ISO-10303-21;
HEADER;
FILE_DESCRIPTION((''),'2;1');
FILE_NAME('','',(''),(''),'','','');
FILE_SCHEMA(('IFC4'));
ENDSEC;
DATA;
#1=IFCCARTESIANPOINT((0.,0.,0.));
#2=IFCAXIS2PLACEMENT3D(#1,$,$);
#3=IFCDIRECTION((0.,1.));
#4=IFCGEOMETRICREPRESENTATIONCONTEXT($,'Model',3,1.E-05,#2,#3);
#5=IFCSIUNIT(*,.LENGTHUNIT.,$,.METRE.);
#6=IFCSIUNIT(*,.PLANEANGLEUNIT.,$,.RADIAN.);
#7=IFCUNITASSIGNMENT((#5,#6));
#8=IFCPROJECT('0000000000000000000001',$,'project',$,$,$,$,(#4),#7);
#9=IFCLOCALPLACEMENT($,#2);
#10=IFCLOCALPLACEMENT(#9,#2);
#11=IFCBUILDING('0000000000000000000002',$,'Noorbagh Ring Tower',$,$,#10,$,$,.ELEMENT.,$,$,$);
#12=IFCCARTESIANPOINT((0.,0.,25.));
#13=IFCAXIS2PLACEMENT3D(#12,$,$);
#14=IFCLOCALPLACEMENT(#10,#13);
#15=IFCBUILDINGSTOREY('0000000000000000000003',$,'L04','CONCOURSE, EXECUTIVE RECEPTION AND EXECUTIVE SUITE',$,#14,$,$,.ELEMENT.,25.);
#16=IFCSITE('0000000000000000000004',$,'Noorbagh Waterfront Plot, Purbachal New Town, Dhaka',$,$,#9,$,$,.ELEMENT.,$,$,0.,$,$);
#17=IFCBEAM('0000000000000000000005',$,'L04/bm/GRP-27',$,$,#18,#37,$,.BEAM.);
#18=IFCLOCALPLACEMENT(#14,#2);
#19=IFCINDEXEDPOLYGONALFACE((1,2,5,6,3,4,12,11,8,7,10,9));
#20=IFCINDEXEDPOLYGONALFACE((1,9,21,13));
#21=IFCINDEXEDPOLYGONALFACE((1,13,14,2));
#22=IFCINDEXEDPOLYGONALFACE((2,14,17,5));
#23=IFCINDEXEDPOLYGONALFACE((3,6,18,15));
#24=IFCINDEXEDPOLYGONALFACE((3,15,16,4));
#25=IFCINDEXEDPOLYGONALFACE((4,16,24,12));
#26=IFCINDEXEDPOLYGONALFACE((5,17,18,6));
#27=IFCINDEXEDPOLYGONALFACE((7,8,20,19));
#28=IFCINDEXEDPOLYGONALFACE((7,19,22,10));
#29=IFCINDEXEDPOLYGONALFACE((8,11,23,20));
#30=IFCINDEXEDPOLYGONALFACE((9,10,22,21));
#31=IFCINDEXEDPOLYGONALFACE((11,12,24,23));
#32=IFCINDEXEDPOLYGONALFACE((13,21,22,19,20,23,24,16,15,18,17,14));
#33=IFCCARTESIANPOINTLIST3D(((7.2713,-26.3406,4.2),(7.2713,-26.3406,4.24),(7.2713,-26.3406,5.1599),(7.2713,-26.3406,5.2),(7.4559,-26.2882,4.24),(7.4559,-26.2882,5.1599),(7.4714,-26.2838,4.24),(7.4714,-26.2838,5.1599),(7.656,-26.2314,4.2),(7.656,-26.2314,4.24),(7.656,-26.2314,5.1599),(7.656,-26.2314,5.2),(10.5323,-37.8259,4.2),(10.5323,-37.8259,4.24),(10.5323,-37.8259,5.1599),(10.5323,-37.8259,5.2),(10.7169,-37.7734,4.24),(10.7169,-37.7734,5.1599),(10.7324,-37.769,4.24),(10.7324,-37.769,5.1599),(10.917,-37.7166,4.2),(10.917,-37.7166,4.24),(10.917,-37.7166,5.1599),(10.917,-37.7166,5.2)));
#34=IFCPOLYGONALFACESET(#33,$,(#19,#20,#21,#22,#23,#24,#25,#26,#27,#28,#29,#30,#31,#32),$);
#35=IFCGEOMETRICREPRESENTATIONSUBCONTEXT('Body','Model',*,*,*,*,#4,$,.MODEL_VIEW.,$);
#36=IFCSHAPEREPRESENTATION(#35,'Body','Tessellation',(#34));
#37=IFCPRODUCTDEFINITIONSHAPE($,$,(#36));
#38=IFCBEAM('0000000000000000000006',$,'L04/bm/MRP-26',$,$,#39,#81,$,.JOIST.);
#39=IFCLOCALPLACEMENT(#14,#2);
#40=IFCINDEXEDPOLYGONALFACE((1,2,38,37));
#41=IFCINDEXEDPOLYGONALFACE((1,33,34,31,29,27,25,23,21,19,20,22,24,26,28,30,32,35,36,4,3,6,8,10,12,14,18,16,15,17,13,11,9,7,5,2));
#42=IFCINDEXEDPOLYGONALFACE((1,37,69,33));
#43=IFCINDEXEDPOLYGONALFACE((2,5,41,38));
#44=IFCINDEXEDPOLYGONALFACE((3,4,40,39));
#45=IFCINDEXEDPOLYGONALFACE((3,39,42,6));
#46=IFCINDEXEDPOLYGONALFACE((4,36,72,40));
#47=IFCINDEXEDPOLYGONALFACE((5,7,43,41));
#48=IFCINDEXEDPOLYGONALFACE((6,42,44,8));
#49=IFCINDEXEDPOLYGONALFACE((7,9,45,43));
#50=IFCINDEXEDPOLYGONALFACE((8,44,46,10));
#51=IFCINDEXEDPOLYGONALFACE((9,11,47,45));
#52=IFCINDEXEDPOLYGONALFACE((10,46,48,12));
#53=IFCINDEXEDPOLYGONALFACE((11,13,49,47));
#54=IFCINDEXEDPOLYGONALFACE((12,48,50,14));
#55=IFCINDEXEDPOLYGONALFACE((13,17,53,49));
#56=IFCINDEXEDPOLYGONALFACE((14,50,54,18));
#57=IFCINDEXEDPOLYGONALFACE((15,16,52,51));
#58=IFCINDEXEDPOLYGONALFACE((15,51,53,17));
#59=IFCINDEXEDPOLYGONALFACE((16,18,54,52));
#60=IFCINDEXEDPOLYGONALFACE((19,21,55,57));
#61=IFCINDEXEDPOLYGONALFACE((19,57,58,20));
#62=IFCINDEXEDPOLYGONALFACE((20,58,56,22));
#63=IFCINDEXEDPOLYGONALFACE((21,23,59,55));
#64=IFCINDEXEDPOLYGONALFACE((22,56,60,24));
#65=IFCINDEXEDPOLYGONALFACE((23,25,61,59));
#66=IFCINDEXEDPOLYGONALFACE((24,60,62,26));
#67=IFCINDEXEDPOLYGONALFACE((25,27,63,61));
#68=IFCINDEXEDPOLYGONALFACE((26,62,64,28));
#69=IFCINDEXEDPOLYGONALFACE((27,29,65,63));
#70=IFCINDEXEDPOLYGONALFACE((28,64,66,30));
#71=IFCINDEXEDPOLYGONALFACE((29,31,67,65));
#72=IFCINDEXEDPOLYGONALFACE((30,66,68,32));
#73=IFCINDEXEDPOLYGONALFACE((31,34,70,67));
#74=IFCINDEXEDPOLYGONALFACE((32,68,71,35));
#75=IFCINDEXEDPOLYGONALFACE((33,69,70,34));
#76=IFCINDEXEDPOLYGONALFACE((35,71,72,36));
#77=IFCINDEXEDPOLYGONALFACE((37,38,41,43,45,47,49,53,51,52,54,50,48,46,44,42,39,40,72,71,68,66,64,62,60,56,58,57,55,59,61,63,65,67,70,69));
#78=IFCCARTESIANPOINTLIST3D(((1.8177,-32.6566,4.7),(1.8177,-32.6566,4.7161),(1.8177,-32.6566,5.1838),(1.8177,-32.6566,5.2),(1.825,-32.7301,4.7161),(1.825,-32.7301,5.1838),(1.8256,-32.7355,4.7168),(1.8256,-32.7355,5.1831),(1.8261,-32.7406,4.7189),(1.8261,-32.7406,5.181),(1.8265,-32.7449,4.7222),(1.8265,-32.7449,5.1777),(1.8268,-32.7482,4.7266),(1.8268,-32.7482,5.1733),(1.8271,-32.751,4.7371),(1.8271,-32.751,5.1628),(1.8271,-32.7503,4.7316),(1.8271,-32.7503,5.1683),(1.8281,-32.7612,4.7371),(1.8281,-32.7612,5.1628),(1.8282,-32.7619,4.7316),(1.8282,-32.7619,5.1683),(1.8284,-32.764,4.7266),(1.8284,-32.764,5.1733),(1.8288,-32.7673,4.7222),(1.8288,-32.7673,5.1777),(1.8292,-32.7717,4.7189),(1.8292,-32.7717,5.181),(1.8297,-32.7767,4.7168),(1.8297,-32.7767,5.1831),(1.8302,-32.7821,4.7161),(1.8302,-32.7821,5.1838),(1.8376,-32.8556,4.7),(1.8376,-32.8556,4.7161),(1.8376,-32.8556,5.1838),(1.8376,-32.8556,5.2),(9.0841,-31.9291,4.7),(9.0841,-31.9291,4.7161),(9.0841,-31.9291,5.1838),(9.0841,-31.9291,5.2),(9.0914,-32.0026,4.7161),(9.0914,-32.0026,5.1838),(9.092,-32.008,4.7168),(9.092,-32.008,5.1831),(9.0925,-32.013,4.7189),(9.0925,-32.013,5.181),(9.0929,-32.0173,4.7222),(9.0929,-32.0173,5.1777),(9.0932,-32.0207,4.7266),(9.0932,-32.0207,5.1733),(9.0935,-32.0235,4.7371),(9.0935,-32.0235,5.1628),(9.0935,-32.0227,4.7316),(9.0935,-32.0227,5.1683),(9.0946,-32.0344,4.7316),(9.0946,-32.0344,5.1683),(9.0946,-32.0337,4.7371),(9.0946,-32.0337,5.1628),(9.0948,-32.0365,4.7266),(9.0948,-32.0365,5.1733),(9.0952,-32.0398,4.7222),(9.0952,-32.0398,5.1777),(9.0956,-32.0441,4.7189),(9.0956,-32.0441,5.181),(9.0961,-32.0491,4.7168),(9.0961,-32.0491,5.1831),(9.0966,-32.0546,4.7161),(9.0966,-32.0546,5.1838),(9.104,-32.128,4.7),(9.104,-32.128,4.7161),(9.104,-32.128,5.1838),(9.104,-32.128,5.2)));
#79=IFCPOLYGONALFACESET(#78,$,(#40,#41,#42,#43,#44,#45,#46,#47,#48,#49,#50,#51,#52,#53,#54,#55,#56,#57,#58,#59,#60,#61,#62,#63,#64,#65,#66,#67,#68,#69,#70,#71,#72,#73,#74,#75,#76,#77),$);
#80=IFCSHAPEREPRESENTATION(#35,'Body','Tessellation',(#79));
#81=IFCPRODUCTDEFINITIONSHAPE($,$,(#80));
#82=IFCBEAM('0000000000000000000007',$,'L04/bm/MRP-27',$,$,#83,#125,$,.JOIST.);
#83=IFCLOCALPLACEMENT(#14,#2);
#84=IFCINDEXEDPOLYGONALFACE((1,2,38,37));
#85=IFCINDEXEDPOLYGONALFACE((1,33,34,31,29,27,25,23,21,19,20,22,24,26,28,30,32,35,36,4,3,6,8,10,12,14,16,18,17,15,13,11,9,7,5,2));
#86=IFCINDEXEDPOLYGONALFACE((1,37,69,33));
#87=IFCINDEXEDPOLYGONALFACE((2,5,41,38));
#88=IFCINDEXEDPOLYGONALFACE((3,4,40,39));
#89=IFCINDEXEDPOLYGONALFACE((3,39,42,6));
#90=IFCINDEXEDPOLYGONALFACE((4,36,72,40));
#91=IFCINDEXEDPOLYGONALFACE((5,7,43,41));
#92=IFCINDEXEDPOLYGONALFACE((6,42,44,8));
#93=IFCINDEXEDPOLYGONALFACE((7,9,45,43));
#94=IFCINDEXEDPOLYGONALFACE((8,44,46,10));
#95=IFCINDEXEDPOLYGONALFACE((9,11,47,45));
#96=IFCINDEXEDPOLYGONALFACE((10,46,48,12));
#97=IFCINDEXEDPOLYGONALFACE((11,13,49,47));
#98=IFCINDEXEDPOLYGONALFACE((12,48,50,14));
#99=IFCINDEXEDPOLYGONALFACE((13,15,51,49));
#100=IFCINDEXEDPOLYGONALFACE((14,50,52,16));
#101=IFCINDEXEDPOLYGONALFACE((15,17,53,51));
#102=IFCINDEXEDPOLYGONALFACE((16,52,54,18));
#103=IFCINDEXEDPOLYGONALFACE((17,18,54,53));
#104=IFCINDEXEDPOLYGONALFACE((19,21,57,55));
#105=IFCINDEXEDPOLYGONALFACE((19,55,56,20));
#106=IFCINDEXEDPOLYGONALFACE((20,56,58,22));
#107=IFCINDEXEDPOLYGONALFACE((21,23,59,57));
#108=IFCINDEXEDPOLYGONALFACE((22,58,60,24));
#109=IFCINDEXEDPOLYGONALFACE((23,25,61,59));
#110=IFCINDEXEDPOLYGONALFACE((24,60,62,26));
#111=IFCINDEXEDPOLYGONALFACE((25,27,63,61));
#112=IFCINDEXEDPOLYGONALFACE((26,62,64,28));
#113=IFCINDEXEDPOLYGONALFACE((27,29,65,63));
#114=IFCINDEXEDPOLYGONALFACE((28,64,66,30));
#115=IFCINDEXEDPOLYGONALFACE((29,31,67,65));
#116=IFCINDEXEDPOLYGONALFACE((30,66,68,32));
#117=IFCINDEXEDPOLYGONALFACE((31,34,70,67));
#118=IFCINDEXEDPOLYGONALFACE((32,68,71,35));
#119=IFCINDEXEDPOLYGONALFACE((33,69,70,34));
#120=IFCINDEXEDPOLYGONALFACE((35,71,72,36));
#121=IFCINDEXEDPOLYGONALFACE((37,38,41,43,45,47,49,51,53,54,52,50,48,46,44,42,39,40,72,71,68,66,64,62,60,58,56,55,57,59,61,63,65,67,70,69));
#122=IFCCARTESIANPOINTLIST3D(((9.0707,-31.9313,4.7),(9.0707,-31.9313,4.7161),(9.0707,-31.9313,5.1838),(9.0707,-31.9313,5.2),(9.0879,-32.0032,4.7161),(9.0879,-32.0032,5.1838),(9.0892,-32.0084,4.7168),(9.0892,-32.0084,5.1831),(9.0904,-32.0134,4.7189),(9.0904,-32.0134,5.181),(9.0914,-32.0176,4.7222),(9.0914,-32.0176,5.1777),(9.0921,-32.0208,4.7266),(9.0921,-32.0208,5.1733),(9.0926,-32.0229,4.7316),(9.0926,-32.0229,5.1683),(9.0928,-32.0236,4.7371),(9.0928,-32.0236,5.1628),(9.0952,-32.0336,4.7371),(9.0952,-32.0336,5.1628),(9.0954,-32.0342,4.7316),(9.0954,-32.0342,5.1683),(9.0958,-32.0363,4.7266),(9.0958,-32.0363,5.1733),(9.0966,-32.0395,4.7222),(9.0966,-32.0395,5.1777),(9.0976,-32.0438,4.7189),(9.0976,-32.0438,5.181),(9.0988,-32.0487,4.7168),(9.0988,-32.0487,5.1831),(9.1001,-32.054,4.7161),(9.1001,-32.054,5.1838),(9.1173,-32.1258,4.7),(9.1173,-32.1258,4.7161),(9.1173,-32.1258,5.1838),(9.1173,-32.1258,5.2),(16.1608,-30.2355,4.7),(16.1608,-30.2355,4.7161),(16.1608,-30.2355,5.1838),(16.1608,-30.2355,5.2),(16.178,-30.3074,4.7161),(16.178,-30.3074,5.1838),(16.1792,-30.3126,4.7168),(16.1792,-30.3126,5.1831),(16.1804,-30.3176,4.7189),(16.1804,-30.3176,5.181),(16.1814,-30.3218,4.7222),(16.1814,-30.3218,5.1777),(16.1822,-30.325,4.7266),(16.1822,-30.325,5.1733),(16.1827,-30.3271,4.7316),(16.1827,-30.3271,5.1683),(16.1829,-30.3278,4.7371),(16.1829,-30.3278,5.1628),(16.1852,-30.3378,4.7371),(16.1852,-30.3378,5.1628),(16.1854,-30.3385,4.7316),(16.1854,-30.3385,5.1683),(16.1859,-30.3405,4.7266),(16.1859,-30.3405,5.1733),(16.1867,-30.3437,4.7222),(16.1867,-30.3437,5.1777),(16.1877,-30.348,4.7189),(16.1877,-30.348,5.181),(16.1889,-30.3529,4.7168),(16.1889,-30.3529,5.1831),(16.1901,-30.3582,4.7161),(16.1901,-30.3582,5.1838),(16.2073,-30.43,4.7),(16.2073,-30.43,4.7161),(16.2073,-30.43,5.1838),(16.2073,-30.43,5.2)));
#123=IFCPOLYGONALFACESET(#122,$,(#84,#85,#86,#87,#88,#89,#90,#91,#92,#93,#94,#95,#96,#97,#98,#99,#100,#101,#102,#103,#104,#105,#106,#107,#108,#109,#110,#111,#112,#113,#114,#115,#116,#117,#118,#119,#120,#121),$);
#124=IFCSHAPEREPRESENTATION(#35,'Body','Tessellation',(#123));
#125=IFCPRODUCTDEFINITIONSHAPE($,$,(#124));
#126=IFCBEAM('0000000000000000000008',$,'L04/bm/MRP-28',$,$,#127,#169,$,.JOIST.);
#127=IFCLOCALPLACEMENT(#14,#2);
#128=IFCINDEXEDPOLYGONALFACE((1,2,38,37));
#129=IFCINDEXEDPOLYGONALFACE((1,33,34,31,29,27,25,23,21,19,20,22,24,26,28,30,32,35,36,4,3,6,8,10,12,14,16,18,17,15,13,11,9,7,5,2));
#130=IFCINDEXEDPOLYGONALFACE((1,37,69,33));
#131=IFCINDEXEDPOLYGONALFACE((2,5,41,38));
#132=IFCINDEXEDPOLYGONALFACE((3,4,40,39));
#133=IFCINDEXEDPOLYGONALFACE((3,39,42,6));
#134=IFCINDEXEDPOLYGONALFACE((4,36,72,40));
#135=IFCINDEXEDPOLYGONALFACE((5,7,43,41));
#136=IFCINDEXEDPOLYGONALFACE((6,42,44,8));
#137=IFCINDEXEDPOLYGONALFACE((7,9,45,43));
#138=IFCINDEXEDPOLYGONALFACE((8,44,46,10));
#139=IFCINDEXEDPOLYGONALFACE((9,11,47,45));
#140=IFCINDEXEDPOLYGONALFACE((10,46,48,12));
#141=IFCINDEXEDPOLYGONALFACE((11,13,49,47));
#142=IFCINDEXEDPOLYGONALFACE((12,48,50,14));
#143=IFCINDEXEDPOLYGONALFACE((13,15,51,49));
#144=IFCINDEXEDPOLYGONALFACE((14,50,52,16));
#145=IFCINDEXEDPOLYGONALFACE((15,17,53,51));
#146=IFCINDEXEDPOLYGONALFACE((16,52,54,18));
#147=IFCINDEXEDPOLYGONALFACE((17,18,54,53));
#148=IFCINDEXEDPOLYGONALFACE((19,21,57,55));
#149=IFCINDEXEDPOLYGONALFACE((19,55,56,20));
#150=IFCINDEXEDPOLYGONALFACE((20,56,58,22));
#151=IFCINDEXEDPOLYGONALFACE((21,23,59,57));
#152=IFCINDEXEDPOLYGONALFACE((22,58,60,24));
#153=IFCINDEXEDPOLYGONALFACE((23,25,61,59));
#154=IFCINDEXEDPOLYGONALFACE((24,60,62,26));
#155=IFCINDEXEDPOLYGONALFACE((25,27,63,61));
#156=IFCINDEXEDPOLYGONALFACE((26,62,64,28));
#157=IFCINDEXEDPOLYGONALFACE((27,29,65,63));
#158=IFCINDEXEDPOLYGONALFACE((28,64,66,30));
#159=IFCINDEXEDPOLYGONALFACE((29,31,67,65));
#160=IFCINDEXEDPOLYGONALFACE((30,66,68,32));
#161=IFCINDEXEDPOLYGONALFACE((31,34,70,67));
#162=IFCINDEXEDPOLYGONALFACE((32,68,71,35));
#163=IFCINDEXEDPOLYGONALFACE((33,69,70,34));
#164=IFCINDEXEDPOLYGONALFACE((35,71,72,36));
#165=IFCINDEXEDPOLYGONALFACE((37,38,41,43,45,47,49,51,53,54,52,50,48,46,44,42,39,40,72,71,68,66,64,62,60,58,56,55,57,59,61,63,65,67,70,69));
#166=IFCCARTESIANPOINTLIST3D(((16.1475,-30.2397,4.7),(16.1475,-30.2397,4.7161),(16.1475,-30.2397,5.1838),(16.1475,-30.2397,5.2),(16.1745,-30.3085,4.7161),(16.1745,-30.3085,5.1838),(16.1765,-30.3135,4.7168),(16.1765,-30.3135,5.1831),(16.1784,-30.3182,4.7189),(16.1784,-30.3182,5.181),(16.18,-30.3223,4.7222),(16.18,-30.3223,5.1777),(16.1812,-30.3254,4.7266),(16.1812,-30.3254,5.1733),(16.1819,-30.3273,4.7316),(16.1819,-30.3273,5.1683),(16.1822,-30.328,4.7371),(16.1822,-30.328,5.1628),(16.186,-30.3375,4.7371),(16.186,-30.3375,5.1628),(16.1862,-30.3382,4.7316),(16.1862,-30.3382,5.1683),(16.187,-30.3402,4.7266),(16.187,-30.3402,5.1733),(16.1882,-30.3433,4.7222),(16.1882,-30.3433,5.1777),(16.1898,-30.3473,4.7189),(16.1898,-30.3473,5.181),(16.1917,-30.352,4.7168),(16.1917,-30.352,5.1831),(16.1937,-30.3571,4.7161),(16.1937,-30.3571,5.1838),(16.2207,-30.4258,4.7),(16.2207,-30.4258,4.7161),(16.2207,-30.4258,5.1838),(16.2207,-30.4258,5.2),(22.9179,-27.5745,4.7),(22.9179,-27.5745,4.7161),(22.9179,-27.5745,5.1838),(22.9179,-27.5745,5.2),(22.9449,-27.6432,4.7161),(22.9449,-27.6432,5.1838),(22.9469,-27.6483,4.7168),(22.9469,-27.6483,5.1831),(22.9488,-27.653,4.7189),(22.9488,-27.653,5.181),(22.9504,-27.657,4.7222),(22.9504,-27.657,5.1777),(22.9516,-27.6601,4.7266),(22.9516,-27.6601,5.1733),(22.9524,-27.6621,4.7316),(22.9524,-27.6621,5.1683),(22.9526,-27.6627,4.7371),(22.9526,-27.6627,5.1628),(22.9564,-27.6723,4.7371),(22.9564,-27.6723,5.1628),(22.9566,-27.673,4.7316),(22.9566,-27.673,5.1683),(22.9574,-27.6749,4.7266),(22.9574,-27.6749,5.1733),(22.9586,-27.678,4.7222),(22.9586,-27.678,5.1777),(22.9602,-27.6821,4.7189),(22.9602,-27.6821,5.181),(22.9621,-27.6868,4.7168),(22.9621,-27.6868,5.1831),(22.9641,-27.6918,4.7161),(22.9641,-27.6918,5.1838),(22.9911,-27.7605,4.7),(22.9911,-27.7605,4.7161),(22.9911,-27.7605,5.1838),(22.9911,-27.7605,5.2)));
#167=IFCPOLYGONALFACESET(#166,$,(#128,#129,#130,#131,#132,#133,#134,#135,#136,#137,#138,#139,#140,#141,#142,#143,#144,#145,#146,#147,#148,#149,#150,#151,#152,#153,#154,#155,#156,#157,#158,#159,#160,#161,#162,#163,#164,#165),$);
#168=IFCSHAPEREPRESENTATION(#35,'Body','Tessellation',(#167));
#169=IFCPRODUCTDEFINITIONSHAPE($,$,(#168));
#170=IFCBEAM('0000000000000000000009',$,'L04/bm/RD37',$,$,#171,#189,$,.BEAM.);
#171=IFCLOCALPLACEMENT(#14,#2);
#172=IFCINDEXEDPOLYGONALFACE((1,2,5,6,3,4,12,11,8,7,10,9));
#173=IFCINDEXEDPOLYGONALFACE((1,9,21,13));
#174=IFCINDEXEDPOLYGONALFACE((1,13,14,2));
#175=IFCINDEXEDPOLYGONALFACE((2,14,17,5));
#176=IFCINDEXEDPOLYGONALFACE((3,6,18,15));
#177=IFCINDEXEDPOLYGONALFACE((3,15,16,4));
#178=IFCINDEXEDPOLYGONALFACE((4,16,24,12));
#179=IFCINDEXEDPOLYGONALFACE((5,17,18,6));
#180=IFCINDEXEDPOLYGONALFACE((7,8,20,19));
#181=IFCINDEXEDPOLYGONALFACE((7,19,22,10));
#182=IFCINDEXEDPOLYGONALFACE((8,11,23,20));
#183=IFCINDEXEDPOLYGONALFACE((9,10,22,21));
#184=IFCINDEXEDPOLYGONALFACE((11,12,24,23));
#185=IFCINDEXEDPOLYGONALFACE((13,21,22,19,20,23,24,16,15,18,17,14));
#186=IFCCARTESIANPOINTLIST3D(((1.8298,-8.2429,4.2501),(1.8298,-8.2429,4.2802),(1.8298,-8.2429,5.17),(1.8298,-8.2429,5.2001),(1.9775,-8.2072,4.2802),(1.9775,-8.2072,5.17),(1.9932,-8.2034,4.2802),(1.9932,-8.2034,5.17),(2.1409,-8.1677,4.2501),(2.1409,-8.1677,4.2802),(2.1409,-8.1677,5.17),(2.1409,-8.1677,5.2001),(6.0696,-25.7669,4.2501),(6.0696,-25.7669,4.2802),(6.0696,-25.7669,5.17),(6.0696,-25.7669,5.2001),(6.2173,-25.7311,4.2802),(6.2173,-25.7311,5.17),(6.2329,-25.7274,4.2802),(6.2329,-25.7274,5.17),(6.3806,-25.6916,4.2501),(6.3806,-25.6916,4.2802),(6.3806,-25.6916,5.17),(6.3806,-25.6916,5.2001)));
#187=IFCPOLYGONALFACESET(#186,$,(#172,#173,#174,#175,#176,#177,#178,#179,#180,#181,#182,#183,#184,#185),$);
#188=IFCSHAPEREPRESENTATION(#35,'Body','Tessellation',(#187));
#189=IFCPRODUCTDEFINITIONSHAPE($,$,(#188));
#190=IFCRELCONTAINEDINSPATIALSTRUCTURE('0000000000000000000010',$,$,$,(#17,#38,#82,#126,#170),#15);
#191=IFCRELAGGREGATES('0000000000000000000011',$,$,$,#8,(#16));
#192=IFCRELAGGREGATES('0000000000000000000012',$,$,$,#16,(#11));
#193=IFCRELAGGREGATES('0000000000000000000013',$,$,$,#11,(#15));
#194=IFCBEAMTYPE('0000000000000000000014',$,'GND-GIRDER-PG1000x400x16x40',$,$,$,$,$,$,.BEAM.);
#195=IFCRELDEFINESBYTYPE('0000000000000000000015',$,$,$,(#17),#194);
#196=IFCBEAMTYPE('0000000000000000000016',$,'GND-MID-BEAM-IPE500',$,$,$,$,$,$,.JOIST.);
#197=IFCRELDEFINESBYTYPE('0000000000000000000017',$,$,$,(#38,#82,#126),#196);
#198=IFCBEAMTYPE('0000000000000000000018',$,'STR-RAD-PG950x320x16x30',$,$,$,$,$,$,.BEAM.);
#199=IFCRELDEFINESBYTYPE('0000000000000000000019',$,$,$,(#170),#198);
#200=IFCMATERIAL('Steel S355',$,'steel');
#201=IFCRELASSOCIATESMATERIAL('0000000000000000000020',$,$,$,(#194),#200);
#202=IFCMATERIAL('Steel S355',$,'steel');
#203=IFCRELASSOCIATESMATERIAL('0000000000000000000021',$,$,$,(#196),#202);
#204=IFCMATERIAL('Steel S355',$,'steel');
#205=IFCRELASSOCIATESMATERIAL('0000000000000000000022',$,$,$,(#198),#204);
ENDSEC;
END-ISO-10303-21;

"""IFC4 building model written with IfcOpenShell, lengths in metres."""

from ifc_helpers import new_model, si_unit, direction, frame, origin, origin_2d, place, context, subcontext, project, spatial, i_section, extrude, material, material_profile, profile_set, type_object, element, save


model = new_model("IFC4")

# Units and contexts
model_context = context("Model", 3, precision=1e-05, world=origin(), true_north=direction((0.0, 1.0)))
body_context = subcontext(model_context, "Body", "Model", "MODEL_VIEW")
ifc_project = project(units=[si_unit("LENGTHUNIT", "METRE"), si_unit("PLANEANGLEUNIT", "RADIAN")], contexts=[model_context])

# Site, building, storey
site_placement = place(None, origin())
site = spatial("IfcSite", under=ifc_project, at=site_placement, Name="Noorbagh Waterfront Plot, Purbachal New Town, Dhaka", CompositionType="ELEMENT", RefElevation=0.0)
building_placement = place(site_placement, origin())
building = spatial("IfcBuilding", under=site, at=building_placement, Name="Noorbagh Ring Tower", CompositionType="ELEMENT")
storey_placement = place(building_placement, frame((0.0, 0.0, 25.0)))
storey = spatial("IfcBuildingStorey", under=building, at=storey_placement, Name="L04", Description="CONCOURSE, EXECUTIVE RECEPTION AND EXECUTIVE SUITE", CompositionType="ELEMENT", Elevation=25.0)

# Beams
ifc_material_1 = material(Name="Steel S355", Category="steel")
ifc_material_profile_1 = material_profile(ifc_material_1, i_section(OverallWidth=0.3999, OverallDepth=1.0, WebThickness=0.0161, FlangeThickness=0.04, at=origin_2d()), Name="PG1000x400x16x40")
ifc_profile_set_1 = profile_set([ifc_material_profile_1], Name="Steel S355")
beam_type_1 = type_object("IfcBeamType", Name="GND-GIRDER-PG1000x400x16x40", PredefinedType="BEAM", material=ifc_profile_set_1)
beam_1_placement = place(storey_placement, frame((10.7246, -37.7712, 4.7), z_axis=(-0.27313, 0.961977, 0.0), x_axis=(-0.961977, -0.27313, 0.0)))
element("IfcBeam", 1, at=beam_1_placement, inside=storey, type_object=beam_type_1, Name="L04/bm/GRP-27", PredefinedType="BEAM", context=body_context, shape_type="SweptSolid", body=[
    extrude(i_section(OverallWidth=0.3999, OverallDepth=1.0, WebThickness=0.0161, FlangeThickness=0.04, at=origin_2d()), origin(), (0.0, 0.0, 1.0), 11.9392),
])
ifc_material_2 = material(Name="Steel S355", Category="steel")
ifc_material_profile_2 = material_profile(ifc_material_2, i_section(OverallWidth=0.2, OverallDepth=0.5, WebThickness=0.0103, FlangeThickness=0.0161, FilletRadius=0.021, at=origin_2d()), Name="IPE500")
ifc_profile_set_2 = profile_set([ifc_material_profile_2], Name="Steel S355")
beam_type_2 = type_object("IfcBeamType", Name="GND-MID-BEAM-IPE500", PredefinedType="JOIST", material=ifc_profile_set_2)
beam_2_placement = place(storey_placement, frame((1.8276, -32.7561, 4.95), z_axis=(0.995025, 0.099626, 0.0), x_axis=(-0.099626, 0.995025, 0.0)))
element("IfcBeam", 2, at=beam_2_placement, inside=storey, type_object=beam_type_2, Name="L04/bm/MRP-26", PredefinedType="JOIST", context=body_context, shape_type="SweptSolid", body=[
    extrude(i_section(OverallWidth=0.2, OverallDepth=0.5, WebThickness=0.0103, FlangeThickness=0.0161, FilletRadius=0.021, at=origin_2d()), origin(), (0.0, 0.0, 1.0), 7.3027),
])
beam_3_placement = place(storey_placement, frame((9.094, -32.0286, 4.95), z_axis=(0.972568, 0.232618, 0.0), x_axis=(-0.232618, 0.972568, 0.0)))
element("IfcBeam", 3, at=beam_3_placement, inside=storey, type_object=beam_type_2, Name="L04/bm/MRP-27", PredefinedType="JOIST", context=body_context, shape_type="SweptSolid", body=[
    extrude(i_section(OverallWidth=0.2, OverallDepth=0.5, WebThickness=0.0103, FlangeThickness=0.0161, FilletRadius=0.021, at=origin_2d()), origin(), (0.0, 0.0, 1.0), 7.29),
])
beam_4_placement = place(storey_placement, frame((16.1841, -30.3328, 4.95), z_axis=(0.930497, 0.3663, 0.0), x_axis=(-0.3663, 0.930497, 0.0)))
element("IfcBeam", 4, at=beam_4_placement, inside=storey, type_object=beam_type_2, Name="L04/bm/MRP-28", PredefinedType="JOIST", context=body_context, shape_type="SweptSolid", body=[
    extrude(i_section(OverallWidth=0.2, OverallDepth=0.5, WebThickness=0.0103, FlangeThickness=0.0161, FilletRadius=0.021, at=origin_2d()), origin(), (0.0, 0.0, 1.0), 7.2761),
])
ifc_material_3 = material(Name="Steel S355", Category="steel")
ifc_material_profile_3 = material_profile(ifc_material_3, i_section(OverallWidth=0.3201, OverallDepth=0.95, WebThickness=0.0161, FlangeThickness=0.03, at=origin_2d()), Name="PG950x320x16x30")
ifc_profile_set_3 = profile_set([ifc_material_profile_3], Name="Steel S355")
beam_type_3 = type_object("IfcBeamType", Name="STR-RAD-PG950x320x16x30", PredefinedType="BEAM", material=ifc_profile_set_3)
beam_5_placement = place(storey_placement, frame((6.2251, -25.7292, 4.7251), z_axis=(-0.235156, 0.971958, 0.0), x_axis=(-0.971958, -0.235156, 0.0)))
element("IfcBeam", 5, at=beam_5_placement, inside=storey, type_object=beam_type_3, Name="L04/bm/RD37", PredefinedType="BEAM", context=body_context, shape_type="SweptSolid", body=[
    extrude(i_section(OverallWidth=0.3201, OverallDepth=0.95, WebThickness=0.0161, FlangeThickness=0.03, at=origin_2d()), origin(), (0.0, 0.0, 1.0), 18.0295),
])

save(model, "model.ifc")
